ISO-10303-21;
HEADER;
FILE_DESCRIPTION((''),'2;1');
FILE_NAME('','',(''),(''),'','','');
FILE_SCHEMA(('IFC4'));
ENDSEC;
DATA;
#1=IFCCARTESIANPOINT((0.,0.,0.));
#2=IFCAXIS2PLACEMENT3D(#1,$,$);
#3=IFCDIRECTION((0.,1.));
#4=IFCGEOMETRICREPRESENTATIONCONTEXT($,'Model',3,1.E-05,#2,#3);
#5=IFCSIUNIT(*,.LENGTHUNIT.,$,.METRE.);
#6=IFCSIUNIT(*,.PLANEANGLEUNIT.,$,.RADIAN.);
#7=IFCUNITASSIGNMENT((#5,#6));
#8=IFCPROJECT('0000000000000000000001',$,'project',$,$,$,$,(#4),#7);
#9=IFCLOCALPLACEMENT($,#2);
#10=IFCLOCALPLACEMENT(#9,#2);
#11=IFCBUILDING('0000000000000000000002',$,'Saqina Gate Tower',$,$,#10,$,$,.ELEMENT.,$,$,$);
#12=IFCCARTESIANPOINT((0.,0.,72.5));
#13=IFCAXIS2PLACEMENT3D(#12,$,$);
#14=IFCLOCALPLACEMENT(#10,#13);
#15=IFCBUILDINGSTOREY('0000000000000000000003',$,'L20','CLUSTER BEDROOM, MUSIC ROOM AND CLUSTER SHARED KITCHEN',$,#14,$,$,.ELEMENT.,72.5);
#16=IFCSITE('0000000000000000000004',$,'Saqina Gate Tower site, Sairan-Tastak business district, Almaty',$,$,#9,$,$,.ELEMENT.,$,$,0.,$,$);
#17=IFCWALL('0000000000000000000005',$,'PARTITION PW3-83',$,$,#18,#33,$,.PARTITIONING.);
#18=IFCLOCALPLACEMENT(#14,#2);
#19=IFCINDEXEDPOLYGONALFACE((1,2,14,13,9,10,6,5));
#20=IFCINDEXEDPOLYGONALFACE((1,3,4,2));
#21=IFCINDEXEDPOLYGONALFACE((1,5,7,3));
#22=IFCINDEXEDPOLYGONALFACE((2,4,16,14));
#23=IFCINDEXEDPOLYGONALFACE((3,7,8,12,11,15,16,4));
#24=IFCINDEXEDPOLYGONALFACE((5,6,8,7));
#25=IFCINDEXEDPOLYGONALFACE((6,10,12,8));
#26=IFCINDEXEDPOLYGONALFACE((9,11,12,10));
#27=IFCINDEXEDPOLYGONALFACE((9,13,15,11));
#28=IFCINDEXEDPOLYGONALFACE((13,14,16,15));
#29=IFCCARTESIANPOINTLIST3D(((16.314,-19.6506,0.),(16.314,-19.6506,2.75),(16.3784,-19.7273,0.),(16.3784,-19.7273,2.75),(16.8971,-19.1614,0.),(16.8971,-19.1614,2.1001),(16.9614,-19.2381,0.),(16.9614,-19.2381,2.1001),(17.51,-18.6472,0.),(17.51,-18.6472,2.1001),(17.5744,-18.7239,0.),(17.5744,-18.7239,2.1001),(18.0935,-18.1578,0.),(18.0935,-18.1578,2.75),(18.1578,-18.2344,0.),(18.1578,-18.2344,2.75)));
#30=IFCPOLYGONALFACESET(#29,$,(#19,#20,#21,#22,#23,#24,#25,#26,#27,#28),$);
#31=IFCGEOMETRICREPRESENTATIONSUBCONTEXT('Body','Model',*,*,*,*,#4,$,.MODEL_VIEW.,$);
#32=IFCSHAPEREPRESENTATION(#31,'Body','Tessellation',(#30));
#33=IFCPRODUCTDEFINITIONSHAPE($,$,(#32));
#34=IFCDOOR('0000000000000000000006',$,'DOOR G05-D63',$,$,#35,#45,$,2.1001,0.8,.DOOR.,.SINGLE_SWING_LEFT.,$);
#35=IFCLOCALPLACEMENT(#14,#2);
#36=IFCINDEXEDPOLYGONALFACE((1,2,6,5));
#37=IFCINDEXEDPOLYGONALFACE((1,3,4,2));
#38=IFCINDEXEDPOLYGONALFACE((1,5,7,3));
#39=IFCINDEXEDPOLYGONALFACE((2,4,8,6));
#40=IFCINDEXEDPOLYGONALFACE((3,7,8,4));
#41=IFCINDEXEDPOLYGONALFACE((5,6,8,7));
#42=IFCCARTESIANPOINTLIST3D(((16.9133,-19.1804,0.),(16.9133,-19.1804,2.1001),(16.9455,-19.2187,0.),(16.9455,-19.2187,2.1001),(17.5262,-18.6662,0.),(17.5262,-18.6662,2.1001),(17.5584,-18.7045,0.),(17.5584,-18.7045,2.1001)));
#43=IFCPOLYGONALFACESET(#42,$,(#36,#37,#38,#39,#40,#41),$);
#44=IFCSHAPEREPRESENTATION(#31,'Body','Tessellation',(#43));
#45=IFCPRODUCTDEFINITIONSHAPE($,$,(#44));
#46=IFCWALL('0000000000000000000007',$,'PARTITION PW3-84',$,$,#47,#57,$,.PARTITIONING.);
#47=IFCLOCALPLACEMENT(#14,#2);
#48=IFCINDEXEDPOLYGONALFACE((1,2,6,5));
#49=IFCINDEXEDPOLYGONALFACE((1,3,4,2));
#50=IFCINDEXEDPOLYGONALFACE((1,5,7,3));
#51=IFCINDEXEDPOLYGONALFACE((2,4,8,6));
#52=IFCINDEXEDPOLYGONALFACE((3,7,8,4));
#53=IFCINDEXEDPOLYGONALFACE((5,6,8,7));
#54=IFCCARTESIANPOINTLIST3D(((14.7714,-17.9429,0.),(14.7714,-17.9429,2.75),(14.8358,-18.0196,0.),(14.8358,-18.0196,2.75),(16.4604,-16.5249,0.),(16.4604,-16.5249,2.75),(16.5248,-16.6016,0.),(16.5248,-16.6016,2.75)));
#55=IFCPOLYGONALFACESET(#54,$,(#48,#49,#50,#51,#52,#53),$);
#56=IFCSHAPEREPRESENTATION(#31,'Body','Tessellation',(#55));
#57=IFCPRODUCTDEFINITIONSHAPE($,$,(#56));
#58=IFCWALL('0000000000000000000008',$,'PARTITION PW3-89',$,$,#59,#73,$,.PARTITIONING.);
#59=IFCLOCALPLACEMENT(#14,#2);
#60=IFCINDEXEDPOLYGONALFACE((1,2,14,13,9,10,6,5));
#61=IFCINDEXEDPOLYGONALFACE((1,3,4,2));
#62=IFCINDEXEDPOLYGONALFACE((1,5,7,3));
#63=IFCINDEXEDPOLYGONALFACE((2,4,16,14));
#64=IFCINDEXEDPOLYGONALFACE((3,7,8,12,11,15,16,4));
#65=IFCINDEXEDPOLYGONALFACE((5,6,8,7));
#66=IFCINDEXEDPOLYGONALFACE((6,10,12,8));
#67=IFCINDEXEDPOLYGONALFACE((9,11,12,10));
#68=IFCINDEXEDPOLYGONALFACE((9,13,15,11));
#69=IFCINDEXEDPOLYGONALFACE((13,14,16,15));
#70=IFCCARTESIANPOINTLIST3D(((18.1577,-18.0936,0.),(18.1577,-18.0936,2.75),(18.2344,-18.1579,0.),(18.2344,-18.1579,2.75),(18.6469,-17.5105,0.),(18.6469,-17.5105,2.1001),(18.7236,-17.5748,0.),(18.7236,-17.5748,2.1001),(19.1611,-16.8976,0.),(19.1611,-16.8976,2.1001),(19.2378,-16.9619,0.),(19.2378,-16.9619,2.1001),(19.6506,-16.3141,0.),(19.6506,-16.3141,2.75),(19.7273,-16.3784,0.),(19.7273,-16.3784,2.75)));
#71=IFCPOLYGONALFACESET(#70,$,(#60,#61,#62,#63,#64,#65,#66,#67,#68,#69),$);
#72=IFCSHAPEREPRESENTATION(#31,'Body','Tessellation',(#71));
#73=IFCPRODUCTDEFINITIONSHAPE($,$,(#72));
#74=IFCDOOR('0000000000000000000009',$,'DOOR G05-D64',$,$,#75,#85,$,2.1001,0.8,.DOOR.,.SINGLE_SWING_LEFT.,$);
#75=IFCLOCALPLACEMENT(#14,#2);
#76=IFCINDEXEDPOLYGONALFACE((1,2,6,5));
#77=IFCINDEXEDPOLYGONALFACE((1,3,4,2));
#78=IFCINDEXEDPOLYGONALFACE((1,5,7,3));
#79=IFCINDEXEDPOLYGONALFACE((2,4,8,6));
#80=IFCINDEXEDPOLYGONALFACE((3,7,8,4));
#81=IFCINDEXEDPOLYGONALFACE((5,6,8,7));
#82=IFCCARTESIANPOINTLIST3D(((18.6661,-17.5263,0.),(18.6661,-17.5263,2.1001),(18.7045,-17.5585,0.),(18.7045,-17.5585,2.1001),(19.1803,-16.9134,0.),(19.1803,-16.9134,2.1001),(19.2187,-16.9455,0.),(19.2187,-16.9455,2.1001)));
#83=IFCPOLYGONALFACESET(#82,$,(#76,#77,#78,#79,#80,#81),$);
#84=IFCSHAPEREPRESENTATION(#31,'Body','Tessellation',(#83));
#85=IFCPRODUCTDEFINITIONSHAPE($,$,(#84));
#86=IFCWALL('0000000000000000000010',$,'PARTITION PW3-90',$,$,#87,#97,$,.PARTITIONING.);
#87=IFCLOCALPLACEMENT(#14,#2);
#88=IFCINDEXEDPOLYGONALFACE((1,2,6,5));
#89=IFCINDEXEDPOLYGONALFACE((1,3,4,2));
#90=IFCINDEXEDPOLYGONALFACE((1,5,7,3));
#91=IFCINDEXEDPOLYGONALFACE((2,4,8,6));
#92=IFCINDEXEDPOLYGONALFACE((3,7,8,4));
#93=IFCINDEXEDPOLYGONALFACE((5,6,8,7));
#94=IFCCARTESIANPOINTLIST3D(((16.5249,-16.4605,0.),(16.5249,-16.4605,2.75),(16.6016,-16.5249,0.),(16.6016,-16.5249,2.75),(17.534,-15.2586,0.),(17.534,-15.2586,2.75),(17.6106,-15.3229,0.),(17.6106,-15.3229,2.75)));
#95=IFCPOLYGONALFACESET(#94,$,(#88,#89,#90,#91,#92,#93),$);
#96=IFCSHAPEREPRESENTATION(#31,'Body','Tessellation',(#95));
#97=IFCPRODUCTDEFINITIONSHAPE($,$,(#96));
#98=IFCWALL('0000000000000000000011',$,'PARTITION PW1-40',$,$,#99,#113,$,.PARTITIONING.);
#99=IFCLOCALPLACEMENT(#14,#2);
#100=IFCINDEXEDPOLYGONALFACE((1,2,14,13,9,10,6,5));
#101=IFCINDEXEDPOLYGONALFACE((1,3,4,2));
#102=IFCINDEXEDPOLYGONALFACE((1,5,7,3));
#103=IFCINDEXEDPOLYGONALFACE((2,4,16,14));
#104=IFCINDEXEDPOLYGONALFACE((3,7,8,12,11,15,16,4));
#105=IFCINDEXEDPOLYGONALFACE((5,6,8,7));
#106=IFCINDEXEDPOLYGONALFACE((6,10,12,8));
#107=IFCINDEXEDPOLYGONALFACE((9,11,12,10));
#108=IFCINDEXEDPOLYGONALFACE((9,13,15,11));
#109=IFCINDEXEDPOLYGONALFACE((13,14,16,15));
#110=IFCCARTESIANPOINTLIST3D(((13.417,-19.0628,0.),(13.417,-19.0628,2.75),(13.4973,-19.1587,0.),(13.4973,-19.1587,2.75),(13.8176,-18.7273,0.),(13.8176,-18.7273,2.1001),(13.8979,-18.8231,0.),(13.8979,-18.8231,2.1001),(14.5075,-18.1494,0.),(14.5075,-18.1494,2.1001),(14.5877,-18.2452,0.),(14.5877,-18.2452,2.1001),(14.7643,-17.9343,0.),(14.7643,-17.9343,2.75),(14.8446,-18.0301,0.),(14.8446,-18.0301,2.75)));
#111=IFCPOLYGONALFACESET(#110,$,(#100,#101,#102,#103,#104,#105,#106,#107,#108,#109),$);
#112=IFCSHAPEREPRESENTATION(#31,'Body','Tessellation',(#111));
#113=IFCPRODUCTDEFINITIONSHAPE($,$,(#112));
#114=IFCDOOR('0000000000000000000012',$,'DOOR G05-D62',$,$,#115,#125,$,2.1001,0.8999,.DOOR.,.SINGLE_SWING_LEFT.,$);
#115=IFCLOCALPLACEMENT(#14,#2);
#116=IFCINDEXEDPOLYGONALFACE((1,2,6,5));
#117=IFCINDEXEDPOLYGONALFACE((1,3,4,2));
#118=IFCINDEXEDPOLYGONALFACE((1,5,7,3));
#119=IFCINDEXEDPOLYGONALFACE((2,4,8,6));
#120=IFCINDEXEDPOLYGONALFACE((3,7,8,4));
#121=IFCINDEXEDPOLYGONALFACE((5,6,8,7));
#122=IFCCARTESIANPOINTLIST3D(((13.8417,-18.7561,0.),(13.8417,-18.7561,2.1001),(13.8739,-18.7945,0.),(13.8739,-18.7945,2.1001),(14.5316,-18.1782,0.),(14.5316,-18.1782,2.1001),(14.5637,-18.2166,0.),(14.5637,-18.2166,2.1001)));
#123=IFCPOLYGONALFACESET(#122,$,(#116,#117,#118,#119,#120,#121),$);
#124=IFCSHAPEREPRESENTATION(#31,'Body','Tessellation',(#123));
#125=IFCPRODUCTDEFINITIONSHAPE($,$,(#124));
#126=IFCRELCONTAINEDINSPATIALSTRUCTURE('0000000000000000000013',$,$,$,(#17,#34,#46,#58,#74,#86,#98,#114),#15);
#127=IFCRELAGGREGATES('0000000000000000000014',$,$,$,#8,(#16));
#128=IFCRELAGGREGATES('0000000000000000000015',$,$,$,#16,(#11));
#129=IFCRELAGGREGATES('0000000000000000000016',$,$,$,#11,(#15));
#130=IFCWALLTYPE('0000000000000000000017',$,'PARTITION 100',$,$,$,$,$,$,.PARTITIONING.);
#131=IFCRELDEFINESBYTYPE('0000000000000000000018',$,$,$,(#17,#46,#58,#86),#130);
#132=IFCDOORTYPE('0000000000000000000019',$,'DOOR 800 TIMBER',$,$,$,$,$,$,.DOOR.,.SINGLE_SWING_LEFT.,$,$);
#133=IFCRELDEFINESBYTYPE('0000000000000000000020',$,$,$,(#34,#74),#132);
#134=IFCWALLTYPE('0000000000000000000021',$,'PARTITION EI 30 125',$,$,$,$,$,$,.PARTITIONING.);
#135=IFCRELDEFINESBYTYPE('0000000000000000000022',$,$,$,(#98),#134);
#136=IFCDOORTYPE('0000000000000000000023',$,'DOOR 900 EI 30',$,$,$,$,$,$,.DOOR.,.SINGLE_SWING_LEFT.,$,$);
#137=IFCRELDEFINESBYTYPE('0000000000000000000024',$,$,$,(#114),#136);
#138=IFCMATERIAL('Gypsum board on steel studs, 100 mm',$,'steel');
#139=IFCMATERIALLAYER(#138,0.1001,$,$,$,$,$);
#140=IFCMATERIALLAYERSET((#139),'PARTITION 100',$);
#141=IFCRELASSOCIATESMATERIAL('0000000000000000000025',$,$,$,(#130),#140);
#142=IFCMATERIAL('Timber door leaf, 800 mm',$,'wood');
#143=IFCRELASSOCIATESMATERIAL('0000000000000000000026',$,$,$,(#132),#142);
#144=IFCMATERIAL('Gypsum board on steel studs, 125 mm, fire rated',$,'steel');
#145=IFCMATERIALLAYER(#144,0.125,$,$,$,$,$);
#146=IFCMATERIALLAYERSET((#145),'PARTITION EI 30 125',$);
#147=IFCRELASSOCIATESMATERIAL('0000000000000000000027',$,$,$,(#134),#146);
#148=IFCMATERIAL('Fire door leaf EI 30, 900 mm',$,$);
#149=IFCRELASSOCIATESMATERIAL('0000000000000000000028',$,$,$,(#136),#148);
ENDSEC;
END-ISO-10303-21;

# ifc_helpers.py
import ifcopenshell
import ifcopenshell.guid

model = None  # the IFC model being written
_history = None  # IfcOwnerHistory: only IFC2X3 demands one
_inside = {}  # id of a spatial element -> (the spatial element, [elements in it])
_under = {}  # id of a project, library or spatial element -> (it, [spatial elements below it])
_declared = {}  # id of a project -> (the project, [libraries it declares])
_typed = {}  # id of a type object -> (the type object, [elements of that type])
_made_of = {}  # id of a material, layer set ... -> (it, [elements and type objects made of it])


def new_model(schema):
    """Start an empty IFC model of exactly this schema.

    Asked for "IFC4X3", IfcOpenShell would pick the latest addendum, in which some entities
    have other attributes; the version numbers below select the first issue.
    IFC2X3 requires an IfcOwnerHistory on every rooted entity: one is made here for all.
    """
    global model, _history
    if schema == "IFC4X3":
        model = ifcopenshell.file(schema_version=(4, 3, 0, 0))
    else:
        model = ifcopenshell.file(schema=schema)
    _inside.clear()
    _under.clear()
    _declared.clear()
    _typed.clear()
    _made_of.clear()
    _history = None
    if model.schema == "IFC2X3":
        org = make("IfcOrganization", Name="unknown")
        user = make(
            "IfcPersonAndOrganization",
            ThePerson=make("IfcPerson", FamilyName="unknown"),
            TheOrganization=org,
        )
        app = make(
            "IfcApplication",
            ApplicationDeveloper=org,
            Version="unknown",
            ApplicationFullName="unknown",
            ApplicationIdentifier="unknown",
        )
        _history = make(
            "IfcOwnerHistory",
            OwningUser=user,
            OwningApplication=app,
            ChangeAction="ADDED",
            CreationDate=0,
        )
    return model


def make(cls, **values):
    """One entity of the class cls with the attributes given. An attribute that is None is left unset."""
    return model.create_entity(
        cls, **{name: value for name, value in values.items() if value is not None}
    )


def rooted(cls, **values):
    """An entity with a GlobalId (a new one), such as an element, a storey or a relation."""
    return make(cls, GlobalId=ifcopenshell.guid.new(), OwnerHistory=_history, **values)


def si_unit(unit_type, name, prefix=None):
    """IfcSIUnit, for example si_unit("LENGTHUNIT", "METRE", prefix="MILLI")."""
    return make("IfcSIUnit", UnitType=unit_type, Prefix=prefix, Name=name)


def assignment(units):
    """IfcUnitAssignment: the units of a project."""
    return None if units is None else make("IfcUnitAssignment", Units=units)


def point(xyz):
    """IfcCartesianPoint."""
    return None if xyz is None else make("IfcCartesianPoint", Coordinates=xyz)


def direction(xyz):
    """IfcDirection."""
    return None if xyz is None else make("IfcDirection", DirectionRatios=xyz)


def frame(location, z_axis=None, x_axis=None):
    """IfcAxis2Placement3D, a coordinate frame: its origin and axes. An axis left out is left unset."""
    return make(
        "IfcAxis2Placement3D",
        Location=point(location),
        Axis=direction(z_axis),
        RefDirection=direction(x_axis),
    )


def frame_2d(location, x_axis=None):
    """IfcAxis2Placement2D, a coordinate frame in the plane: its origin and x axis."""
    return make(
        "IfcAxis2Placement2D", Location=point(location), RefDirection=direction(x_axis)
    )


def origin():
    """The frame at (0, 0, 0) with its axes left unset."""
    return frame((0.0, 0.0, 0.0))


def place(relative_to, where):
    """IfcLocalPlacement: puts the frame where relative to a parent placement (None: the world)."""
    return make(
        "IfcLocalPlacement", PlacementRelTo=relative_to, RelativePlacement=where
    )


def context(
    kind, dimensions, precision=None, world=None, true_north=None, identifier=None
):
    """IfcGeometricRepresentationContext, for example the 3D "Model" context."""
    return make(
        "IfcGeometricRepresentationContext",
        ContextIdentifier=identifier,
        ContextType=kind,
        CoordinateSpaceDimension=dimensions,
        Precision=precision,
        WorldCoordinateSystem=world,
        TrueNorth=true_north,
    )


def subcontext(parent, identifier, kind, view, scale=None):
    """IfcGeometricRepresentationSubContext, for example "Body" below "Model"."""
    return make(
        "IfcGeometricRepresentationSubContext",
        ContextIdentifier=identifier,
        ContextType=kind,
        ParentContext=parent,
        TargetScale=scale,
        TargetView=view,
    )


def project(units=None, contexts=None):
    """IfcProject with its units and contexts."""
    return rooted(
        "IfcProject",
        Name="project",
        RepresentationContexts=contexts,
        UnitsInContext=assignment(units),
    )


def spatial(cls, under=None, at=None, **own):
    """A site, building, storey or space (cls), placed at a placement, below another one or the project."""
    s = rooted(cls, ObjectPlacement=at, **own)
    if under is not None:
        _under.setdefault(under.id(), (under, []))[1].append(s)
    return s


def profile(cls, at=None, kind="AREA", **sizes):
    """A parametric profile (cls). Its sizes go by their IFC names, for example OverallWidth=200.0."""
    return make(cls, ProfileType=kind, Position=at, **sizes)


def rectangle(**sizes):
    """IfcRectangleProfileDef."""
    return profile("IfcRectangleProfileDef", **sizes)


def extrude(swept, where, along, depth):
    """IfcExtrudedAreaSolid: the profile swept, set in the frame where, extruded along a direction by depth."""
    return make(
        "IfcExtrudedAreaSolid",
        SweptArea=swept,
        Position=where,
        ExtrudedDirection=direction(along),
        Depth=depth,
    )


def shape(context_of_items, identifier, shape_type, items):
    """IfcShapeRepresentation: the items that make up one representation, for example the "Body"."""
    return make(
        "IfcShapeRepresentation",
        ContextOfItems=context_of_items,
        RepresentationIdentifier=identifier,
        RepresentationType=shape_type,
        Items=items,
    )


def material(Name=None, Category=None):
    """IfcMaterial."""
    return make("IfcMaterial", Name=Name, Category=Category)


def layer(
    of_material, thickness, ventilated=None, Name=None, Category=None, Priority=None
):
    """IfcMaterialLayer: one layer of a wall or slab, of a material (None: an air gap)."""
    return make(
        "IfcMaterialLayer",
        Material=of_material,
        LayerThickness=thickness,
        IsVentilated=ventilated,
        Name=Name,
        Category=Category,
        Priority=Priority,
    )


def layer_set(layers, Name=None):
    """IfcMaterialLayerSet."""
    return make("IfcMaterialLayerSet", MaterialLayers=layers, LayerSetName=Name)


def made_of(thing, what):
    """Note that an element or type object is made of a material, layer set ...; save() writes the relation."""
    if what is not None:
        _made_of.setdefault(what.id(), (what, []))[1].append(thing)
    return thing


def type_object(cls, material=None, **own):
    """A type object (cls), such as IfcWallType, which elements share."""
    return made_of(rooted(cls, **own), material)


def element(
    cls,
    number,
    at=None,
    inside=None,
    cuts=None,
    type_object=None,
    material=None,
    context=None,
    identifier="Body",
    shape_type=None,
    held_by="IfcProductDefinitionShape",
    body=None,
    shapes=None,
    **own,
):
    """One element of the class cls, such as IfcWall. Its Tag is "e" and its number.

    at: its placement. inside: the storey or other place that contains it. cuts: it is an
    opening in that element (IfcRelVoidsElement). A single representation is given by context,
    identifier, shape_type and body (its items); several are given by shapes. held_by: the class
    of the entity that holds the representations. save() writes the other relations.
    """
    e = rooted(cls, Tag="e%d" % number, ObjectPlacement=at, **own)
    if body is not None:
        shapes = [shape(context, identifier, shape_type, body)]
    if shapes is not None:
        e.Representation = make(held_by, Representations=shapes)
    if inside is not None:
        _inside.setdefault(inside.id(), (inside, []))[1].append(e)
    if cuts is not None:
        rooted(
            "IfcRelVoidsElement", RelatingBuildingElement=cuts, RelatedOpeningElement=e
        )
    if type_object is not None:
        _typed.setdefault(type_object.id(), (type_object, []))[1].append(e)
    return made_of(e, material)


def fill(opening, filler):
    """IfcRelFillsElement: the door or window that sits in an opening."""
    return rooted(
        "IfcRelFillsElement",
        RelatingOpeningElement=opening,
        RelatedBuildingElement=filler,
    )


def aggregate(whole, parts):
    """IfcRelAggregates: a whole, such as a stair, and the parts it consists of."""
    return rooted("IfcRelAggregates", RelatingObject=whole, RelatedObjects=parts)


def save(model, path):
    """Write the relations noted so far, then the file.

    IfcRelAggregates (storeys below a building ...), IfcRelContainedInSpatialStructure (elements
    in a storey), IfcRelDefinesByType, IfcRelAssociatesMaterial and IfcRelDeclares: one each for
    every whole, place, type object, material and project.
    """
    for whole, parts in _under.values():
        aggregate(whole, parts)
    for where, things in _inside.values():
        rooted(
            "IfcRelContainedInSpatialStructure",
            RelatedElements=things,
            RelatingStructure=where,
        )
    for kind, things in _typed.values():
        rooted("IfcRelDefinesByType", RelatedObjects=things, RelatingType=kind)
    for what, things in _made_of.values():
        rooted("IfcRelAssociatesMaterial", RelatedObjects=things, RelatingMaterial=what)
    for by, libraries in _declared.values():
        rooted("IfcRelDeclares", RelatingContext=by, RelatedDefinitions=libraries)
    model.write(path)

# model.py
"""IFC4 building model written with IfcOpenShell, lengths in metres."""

from ifc_helpers import new_model, si_unit, direction, frame, frame_2d, origin, place, context, subcontext, project, spatial, rectangle, extrude, material, layer, layer_set, type_object, element, fill, save


model = new_model("IFC4")

# Units and contexts
model_context = context("Model", 3, precision=1e-05, world=origin(), true_north=direction((0.0, 1.0)))
body_context = subcontext(model_context, "Body", "Model", "MODEL_VIEW")
ifc_project = project(units=[si_unit("LENGTHUNIT", "METRE"), si_unit("PLANEANGLEUNIT", "RADIAN")], contexts=[model_context])

# Site, building, storey
site_placement = place(None, origin())
site = spatial("IfcSite", under=ifc_project, at=site_placement, Name="Saqina Gate Tower site, Sairan-Tastak business district, Almaty", CompositionType="ELEMENT", RefElevation=0.0)
building_placement = place(site_placement, origin())
building = spatial("IfcBuilding", under=site, at=building_placement, Name="Saqina Gate Tower", CompositionType="ELEMENT")
storey_placement = place(building_placement, frame((0.0, 0.0, 72.5)))
storey = spatial("IfcBuildingStorey", under=building, at=storey_placement, Name="L20", Description="CLUSTER BEDROOM, MUSIC ROOM AND CLUSTER SHARED KITCHEN", CompositionType="ELEMENT", Elevation=72.5)

# Shared definitions
ifc_material_1 = material(Name="Gypsum board on steel studs, 100 mm", Category="steel")
ifc_layer_1 = layer(ifc_material_1, 0.1001)
ifc_layer_set_1 = layer_set([ifc_layer_1], Name="PARTITION 100")
wall_type_1 = type_object("IfcWallType", Name="PARTITION 100", PredefinedType="PARTITIONING", material=ifc_layer_set_1)

# Wall, opening, door
wall_1_placement = place(storey_placement, frame((16.3462, -19.689, 0.0), z_axis=(0.0, 0.0, 1.0), x_axis=(0.766106, 0.642714, 0.0)))
wall_1 = element("IfcWall", 1, at=wall_1_placement, inside=storey, type_object=wall_type_1, Name="PARTITION PW3-83", PredefinedType="PARTITIONING", context=body_context, shape_type="SweptSolid", body=[
    extrude(rectangle(XDim=2.3228, YDim=0.1001, at=frame_2d((1.1614, 0.0))), origin(), (0.0, 0.0, 1.0), 2.75),
])
opening_1_placement = place(wall_1_placement, frame((0.7612, 0.0, 0.0)))
opening_1 = element("IfcOpeningElement", 2, at=opening_1_placement, cuts=wall_1, PredefinedType="OPENING", context=body_context, shape_type="SweptSolid", body=[
    extrude(rectangle(XDim=0.8, YDim=2.1001, at=frame_2d((0.3999, 1.05))), frame((0.0, 0.062, 0.0), z_axis=(0.0, -1.0, 0.0), x_axis=(1.0, 0.0, 0.0)), (0.0, 0.0, 1.0), 0.124),
])
ifc_material_2 = material(Name="Timber door leaf, 800 mm", Category="wood")
door_type_1 = type_object("IfcDoorType", Name="DOOR 800 TIMBER", OperationType="SINGLE_SWING_LEFT", PredefinedType="DOOR", material=ifc_material_2)
door_1_placement = place(opening_1_placement, frame((0.8, 0.0, 0.0), z_axis=(0.0, 0.0, 1.0), x_axis=(-1.0, 0.0, 0.0)))
door_1 = element("IfcDoor", 3, at=door_1_placement, inside=storey, type_object=door_type_1, Name="DOOR G05-D63", OperationType="SINGLE_SWING_LEFT", OverallHeight=2.1001, OverallWidth=0.8, PredefinedType="DOOR", context=body_context, shape_type="SweptSolid", body=[
    extrude(rectangle(XDim=0.8, YDim=2.1001, at=frame_2d((0.3999, 1.05))), frame((0.0, 0.0249, 0.0), z_axis=(0.0, -1.0, 0.0), x_axis=(1.0, 0.0, 0.0)), (0.0, 0.0, 1.0), 0.05),
])
fill(opening_1, door_1)

# Wall
wall_2_placement = place(storey_placement, frame((14.8037, -17.9812, 0.0), z_axis=(0.0, 0.0, 1.0), x_axis=(0.765875, 0.64299, 0.0)))
element("IfcWall", 4, at=wall_2_placement, inside=storey, type_object=wall_type_1, Name="PARTITION PW3-84", PredefinedType="PARTITIONING", context=body_context, shape_type="SweptSolid", body=[
    extrude(rectangle(XDim=2.2053, YDim=0.1001, at=frame_2d((1.1025, 0.0))), origin(), (0.0, 0.0, 1.0), 2.75),
])

# Wall, opening, door
wall_3_placement = place(storey_placement, frame((18.196, -18.1257, 0.0), z_axis=(0.0, 0.0, 1.0), x_axis=(0.642714, 0.766106, 0.0)))
wall_3 = element("IfcWall", 5, at=wall_3_placement, inside=storey, type_object=wall_type_1, Name="PARTITION PW3-89", PredefinedType="PARTITIONING", context=body_context, shape_type="SweptSolid", body=[
    extrude(rectangle(XDim=2.3228, YDim=0.1001, at=frame_2d((1.1614, 0.0))), origin(), (0.0, 0.0, 1.0), 2.75),
])
opening_2_placement = place(wall_3_placement, frame((0.7612, 0.0, 0.0)))
opening_2 = element("IfcOpeningElement", 6, at=opening_2_placement, cuts=wall_3, PredefinedType="OPENING", context=body_context, shape_type="SweptSolid", body=[
    extrude(rectangle(XDim=0.8, YDim=2.1001, at=frame_2d((0.3999, 1.05))), frame((0.0, 0.062, 0.0), z_axis=(0.0, -1.0, 0.0), x_axis=(1.0, 0.0, 0.0)), (0.0, 0.0, 1.0), 0.124),
])
door_2_placement = place(opening_2_placement, frame((0.8, 0.0, 0.0), z_axis=(0.0, 0.0, 1.0), x_axis=(-1.0, 0.0, 0.0)))
door_2 = element("IfcDoor", 7, at=door_2_placement, inside=storey, type_object=door_type_1, Name="DOOR G05-D64", OperationType="SINGLE_SWING_LEFT", OverallHeight=2.1001, OverallWidth=0.8, PredefinedType="DOOR", context=body_context, shape_type="SweptSolid", body=[
    extrude(rectangle(XDim=0.8, YDim=2.1001, at=frame_2d((0.3999, 1.05))), frame((0.0, 0.0249, 0.0), z_axis=(0.0, -1.0, 0.0), x_axis=(1.0, 0.0, 0.0)), (0.0, 0.0, 1.0), 0.05),
])
fill(opening_2, door_2)

# Wall
wall_4_placement = place(storey_placement, frame((16.5632, -16.4927, 0.0), z_axis=(0.0, 0.0, 1.0), x_axis=(0.64298, 0.765883, 0.0)))
element("IfcWall", 8, at=wall_4_placement, inside=storey, type_object=wall_type_1, Name="PARTITION PW3-90", PredefinedType="PARTITIONING", context=body_context, shape_type="SweptSolid", body=[
    extrude(rectangle(XDim=1.5693, YDim=0.1001, at=frame_2d((0.7847, 0.0))), origin(), (0.0, 0.0, 1.0), 2.75),
])

# Wall, opening, door
ifc_material_3 = material(Name="Gypsum board on steel studs, 125 mm, fire rated", Category="steel")
ifc_layer_2 = layer(ifc_material_3, 0.125)
ifc_layer_set_2 = layer_set([ifc_layer_2], Name="PARTITION EI 30 125")
wall_type_2 = type_object("IfcWallType", Name="PARTITION EI 30 125", PredefinedType="PARTITIONING", material=ifc_layer_set_2)
wall_5_placement = place(storey_placement, frame((13.457, -19.1108, 0.0), z_axis=(0.0, 0.0, 1.0), x_axis=(0.766591, 0.642136, 0.0)))
wall_5 = element("IfcWall", 9, at=wall_5_placement, inside=storey, type_object=wall_type_2, Name="PARTITION PW1-40", PredefinedType="PARTITIONING", context=body_context, shape_type="SweptSolid", body=[
    extrude(rectangle(XDim=1.7576, YDim=0.125, at=frame_2d((0.8789, 0.0))), origin(), (0.0, 0.0, 1.0), 2.75),
])
opening_3_placement = place(wall_5_placement, frame((0.5227, 0.0, 0.0)))
opening_3 = element("IfcOpeningElement", 10, at=opening_3_placement, cuts=wall_5, PredefinedType="OPENING", context=body_context, shape_type="SweptSolid", body=[
    extrude(rectangle(XDim=0.8999, YDim=2.1001, at=frame_2d((0.45, 1.05))), frame((0.0, 0.0745, 0.0), z_axis=(0.0, -1.0, 0.0), x_axis=(1.0, 0.0, 0.0)), (0.0, 0.0, 1.0), 0.1489),
])
ifc_material_4 = material(Name="Fire door leaf EI 30, 900 mm")
door_type_2 = type_object("IfcDoorType", Name="DOOR 900 EI 30", OperationType="SINGLE_SWING_LEFT", PredefinedType="DOOR", material=ifc_material_4)
door_3_placement = place(opening_3_placement, origin())
door_3 = element("IfcDoor", 11, at=door_3_placement, inside=storey, type_object=door_type_2, Name="DOOR G05-D62", OperationType="SINGLE_SWING_LEFT", OverallHeight=2.1001, OverallWidth=0.8999, PredefinedType="DOOR", context=body_context, shape_type="SweptSolid", body=[
    extrude(rectangle(XDim=0.8999, YDim=2.1001, at=frame_2d((0.45, 1.05))), frame((0.0, 0.0249, 0.0), z_axis=(0.0, -1.0, 0.0), x_axis=(1.0, 0.0, 0.0)), (0.0, 0.0, 1.0), 0.05),
])
fill(opening_3, door_3)

save(model, "model.ifc")
